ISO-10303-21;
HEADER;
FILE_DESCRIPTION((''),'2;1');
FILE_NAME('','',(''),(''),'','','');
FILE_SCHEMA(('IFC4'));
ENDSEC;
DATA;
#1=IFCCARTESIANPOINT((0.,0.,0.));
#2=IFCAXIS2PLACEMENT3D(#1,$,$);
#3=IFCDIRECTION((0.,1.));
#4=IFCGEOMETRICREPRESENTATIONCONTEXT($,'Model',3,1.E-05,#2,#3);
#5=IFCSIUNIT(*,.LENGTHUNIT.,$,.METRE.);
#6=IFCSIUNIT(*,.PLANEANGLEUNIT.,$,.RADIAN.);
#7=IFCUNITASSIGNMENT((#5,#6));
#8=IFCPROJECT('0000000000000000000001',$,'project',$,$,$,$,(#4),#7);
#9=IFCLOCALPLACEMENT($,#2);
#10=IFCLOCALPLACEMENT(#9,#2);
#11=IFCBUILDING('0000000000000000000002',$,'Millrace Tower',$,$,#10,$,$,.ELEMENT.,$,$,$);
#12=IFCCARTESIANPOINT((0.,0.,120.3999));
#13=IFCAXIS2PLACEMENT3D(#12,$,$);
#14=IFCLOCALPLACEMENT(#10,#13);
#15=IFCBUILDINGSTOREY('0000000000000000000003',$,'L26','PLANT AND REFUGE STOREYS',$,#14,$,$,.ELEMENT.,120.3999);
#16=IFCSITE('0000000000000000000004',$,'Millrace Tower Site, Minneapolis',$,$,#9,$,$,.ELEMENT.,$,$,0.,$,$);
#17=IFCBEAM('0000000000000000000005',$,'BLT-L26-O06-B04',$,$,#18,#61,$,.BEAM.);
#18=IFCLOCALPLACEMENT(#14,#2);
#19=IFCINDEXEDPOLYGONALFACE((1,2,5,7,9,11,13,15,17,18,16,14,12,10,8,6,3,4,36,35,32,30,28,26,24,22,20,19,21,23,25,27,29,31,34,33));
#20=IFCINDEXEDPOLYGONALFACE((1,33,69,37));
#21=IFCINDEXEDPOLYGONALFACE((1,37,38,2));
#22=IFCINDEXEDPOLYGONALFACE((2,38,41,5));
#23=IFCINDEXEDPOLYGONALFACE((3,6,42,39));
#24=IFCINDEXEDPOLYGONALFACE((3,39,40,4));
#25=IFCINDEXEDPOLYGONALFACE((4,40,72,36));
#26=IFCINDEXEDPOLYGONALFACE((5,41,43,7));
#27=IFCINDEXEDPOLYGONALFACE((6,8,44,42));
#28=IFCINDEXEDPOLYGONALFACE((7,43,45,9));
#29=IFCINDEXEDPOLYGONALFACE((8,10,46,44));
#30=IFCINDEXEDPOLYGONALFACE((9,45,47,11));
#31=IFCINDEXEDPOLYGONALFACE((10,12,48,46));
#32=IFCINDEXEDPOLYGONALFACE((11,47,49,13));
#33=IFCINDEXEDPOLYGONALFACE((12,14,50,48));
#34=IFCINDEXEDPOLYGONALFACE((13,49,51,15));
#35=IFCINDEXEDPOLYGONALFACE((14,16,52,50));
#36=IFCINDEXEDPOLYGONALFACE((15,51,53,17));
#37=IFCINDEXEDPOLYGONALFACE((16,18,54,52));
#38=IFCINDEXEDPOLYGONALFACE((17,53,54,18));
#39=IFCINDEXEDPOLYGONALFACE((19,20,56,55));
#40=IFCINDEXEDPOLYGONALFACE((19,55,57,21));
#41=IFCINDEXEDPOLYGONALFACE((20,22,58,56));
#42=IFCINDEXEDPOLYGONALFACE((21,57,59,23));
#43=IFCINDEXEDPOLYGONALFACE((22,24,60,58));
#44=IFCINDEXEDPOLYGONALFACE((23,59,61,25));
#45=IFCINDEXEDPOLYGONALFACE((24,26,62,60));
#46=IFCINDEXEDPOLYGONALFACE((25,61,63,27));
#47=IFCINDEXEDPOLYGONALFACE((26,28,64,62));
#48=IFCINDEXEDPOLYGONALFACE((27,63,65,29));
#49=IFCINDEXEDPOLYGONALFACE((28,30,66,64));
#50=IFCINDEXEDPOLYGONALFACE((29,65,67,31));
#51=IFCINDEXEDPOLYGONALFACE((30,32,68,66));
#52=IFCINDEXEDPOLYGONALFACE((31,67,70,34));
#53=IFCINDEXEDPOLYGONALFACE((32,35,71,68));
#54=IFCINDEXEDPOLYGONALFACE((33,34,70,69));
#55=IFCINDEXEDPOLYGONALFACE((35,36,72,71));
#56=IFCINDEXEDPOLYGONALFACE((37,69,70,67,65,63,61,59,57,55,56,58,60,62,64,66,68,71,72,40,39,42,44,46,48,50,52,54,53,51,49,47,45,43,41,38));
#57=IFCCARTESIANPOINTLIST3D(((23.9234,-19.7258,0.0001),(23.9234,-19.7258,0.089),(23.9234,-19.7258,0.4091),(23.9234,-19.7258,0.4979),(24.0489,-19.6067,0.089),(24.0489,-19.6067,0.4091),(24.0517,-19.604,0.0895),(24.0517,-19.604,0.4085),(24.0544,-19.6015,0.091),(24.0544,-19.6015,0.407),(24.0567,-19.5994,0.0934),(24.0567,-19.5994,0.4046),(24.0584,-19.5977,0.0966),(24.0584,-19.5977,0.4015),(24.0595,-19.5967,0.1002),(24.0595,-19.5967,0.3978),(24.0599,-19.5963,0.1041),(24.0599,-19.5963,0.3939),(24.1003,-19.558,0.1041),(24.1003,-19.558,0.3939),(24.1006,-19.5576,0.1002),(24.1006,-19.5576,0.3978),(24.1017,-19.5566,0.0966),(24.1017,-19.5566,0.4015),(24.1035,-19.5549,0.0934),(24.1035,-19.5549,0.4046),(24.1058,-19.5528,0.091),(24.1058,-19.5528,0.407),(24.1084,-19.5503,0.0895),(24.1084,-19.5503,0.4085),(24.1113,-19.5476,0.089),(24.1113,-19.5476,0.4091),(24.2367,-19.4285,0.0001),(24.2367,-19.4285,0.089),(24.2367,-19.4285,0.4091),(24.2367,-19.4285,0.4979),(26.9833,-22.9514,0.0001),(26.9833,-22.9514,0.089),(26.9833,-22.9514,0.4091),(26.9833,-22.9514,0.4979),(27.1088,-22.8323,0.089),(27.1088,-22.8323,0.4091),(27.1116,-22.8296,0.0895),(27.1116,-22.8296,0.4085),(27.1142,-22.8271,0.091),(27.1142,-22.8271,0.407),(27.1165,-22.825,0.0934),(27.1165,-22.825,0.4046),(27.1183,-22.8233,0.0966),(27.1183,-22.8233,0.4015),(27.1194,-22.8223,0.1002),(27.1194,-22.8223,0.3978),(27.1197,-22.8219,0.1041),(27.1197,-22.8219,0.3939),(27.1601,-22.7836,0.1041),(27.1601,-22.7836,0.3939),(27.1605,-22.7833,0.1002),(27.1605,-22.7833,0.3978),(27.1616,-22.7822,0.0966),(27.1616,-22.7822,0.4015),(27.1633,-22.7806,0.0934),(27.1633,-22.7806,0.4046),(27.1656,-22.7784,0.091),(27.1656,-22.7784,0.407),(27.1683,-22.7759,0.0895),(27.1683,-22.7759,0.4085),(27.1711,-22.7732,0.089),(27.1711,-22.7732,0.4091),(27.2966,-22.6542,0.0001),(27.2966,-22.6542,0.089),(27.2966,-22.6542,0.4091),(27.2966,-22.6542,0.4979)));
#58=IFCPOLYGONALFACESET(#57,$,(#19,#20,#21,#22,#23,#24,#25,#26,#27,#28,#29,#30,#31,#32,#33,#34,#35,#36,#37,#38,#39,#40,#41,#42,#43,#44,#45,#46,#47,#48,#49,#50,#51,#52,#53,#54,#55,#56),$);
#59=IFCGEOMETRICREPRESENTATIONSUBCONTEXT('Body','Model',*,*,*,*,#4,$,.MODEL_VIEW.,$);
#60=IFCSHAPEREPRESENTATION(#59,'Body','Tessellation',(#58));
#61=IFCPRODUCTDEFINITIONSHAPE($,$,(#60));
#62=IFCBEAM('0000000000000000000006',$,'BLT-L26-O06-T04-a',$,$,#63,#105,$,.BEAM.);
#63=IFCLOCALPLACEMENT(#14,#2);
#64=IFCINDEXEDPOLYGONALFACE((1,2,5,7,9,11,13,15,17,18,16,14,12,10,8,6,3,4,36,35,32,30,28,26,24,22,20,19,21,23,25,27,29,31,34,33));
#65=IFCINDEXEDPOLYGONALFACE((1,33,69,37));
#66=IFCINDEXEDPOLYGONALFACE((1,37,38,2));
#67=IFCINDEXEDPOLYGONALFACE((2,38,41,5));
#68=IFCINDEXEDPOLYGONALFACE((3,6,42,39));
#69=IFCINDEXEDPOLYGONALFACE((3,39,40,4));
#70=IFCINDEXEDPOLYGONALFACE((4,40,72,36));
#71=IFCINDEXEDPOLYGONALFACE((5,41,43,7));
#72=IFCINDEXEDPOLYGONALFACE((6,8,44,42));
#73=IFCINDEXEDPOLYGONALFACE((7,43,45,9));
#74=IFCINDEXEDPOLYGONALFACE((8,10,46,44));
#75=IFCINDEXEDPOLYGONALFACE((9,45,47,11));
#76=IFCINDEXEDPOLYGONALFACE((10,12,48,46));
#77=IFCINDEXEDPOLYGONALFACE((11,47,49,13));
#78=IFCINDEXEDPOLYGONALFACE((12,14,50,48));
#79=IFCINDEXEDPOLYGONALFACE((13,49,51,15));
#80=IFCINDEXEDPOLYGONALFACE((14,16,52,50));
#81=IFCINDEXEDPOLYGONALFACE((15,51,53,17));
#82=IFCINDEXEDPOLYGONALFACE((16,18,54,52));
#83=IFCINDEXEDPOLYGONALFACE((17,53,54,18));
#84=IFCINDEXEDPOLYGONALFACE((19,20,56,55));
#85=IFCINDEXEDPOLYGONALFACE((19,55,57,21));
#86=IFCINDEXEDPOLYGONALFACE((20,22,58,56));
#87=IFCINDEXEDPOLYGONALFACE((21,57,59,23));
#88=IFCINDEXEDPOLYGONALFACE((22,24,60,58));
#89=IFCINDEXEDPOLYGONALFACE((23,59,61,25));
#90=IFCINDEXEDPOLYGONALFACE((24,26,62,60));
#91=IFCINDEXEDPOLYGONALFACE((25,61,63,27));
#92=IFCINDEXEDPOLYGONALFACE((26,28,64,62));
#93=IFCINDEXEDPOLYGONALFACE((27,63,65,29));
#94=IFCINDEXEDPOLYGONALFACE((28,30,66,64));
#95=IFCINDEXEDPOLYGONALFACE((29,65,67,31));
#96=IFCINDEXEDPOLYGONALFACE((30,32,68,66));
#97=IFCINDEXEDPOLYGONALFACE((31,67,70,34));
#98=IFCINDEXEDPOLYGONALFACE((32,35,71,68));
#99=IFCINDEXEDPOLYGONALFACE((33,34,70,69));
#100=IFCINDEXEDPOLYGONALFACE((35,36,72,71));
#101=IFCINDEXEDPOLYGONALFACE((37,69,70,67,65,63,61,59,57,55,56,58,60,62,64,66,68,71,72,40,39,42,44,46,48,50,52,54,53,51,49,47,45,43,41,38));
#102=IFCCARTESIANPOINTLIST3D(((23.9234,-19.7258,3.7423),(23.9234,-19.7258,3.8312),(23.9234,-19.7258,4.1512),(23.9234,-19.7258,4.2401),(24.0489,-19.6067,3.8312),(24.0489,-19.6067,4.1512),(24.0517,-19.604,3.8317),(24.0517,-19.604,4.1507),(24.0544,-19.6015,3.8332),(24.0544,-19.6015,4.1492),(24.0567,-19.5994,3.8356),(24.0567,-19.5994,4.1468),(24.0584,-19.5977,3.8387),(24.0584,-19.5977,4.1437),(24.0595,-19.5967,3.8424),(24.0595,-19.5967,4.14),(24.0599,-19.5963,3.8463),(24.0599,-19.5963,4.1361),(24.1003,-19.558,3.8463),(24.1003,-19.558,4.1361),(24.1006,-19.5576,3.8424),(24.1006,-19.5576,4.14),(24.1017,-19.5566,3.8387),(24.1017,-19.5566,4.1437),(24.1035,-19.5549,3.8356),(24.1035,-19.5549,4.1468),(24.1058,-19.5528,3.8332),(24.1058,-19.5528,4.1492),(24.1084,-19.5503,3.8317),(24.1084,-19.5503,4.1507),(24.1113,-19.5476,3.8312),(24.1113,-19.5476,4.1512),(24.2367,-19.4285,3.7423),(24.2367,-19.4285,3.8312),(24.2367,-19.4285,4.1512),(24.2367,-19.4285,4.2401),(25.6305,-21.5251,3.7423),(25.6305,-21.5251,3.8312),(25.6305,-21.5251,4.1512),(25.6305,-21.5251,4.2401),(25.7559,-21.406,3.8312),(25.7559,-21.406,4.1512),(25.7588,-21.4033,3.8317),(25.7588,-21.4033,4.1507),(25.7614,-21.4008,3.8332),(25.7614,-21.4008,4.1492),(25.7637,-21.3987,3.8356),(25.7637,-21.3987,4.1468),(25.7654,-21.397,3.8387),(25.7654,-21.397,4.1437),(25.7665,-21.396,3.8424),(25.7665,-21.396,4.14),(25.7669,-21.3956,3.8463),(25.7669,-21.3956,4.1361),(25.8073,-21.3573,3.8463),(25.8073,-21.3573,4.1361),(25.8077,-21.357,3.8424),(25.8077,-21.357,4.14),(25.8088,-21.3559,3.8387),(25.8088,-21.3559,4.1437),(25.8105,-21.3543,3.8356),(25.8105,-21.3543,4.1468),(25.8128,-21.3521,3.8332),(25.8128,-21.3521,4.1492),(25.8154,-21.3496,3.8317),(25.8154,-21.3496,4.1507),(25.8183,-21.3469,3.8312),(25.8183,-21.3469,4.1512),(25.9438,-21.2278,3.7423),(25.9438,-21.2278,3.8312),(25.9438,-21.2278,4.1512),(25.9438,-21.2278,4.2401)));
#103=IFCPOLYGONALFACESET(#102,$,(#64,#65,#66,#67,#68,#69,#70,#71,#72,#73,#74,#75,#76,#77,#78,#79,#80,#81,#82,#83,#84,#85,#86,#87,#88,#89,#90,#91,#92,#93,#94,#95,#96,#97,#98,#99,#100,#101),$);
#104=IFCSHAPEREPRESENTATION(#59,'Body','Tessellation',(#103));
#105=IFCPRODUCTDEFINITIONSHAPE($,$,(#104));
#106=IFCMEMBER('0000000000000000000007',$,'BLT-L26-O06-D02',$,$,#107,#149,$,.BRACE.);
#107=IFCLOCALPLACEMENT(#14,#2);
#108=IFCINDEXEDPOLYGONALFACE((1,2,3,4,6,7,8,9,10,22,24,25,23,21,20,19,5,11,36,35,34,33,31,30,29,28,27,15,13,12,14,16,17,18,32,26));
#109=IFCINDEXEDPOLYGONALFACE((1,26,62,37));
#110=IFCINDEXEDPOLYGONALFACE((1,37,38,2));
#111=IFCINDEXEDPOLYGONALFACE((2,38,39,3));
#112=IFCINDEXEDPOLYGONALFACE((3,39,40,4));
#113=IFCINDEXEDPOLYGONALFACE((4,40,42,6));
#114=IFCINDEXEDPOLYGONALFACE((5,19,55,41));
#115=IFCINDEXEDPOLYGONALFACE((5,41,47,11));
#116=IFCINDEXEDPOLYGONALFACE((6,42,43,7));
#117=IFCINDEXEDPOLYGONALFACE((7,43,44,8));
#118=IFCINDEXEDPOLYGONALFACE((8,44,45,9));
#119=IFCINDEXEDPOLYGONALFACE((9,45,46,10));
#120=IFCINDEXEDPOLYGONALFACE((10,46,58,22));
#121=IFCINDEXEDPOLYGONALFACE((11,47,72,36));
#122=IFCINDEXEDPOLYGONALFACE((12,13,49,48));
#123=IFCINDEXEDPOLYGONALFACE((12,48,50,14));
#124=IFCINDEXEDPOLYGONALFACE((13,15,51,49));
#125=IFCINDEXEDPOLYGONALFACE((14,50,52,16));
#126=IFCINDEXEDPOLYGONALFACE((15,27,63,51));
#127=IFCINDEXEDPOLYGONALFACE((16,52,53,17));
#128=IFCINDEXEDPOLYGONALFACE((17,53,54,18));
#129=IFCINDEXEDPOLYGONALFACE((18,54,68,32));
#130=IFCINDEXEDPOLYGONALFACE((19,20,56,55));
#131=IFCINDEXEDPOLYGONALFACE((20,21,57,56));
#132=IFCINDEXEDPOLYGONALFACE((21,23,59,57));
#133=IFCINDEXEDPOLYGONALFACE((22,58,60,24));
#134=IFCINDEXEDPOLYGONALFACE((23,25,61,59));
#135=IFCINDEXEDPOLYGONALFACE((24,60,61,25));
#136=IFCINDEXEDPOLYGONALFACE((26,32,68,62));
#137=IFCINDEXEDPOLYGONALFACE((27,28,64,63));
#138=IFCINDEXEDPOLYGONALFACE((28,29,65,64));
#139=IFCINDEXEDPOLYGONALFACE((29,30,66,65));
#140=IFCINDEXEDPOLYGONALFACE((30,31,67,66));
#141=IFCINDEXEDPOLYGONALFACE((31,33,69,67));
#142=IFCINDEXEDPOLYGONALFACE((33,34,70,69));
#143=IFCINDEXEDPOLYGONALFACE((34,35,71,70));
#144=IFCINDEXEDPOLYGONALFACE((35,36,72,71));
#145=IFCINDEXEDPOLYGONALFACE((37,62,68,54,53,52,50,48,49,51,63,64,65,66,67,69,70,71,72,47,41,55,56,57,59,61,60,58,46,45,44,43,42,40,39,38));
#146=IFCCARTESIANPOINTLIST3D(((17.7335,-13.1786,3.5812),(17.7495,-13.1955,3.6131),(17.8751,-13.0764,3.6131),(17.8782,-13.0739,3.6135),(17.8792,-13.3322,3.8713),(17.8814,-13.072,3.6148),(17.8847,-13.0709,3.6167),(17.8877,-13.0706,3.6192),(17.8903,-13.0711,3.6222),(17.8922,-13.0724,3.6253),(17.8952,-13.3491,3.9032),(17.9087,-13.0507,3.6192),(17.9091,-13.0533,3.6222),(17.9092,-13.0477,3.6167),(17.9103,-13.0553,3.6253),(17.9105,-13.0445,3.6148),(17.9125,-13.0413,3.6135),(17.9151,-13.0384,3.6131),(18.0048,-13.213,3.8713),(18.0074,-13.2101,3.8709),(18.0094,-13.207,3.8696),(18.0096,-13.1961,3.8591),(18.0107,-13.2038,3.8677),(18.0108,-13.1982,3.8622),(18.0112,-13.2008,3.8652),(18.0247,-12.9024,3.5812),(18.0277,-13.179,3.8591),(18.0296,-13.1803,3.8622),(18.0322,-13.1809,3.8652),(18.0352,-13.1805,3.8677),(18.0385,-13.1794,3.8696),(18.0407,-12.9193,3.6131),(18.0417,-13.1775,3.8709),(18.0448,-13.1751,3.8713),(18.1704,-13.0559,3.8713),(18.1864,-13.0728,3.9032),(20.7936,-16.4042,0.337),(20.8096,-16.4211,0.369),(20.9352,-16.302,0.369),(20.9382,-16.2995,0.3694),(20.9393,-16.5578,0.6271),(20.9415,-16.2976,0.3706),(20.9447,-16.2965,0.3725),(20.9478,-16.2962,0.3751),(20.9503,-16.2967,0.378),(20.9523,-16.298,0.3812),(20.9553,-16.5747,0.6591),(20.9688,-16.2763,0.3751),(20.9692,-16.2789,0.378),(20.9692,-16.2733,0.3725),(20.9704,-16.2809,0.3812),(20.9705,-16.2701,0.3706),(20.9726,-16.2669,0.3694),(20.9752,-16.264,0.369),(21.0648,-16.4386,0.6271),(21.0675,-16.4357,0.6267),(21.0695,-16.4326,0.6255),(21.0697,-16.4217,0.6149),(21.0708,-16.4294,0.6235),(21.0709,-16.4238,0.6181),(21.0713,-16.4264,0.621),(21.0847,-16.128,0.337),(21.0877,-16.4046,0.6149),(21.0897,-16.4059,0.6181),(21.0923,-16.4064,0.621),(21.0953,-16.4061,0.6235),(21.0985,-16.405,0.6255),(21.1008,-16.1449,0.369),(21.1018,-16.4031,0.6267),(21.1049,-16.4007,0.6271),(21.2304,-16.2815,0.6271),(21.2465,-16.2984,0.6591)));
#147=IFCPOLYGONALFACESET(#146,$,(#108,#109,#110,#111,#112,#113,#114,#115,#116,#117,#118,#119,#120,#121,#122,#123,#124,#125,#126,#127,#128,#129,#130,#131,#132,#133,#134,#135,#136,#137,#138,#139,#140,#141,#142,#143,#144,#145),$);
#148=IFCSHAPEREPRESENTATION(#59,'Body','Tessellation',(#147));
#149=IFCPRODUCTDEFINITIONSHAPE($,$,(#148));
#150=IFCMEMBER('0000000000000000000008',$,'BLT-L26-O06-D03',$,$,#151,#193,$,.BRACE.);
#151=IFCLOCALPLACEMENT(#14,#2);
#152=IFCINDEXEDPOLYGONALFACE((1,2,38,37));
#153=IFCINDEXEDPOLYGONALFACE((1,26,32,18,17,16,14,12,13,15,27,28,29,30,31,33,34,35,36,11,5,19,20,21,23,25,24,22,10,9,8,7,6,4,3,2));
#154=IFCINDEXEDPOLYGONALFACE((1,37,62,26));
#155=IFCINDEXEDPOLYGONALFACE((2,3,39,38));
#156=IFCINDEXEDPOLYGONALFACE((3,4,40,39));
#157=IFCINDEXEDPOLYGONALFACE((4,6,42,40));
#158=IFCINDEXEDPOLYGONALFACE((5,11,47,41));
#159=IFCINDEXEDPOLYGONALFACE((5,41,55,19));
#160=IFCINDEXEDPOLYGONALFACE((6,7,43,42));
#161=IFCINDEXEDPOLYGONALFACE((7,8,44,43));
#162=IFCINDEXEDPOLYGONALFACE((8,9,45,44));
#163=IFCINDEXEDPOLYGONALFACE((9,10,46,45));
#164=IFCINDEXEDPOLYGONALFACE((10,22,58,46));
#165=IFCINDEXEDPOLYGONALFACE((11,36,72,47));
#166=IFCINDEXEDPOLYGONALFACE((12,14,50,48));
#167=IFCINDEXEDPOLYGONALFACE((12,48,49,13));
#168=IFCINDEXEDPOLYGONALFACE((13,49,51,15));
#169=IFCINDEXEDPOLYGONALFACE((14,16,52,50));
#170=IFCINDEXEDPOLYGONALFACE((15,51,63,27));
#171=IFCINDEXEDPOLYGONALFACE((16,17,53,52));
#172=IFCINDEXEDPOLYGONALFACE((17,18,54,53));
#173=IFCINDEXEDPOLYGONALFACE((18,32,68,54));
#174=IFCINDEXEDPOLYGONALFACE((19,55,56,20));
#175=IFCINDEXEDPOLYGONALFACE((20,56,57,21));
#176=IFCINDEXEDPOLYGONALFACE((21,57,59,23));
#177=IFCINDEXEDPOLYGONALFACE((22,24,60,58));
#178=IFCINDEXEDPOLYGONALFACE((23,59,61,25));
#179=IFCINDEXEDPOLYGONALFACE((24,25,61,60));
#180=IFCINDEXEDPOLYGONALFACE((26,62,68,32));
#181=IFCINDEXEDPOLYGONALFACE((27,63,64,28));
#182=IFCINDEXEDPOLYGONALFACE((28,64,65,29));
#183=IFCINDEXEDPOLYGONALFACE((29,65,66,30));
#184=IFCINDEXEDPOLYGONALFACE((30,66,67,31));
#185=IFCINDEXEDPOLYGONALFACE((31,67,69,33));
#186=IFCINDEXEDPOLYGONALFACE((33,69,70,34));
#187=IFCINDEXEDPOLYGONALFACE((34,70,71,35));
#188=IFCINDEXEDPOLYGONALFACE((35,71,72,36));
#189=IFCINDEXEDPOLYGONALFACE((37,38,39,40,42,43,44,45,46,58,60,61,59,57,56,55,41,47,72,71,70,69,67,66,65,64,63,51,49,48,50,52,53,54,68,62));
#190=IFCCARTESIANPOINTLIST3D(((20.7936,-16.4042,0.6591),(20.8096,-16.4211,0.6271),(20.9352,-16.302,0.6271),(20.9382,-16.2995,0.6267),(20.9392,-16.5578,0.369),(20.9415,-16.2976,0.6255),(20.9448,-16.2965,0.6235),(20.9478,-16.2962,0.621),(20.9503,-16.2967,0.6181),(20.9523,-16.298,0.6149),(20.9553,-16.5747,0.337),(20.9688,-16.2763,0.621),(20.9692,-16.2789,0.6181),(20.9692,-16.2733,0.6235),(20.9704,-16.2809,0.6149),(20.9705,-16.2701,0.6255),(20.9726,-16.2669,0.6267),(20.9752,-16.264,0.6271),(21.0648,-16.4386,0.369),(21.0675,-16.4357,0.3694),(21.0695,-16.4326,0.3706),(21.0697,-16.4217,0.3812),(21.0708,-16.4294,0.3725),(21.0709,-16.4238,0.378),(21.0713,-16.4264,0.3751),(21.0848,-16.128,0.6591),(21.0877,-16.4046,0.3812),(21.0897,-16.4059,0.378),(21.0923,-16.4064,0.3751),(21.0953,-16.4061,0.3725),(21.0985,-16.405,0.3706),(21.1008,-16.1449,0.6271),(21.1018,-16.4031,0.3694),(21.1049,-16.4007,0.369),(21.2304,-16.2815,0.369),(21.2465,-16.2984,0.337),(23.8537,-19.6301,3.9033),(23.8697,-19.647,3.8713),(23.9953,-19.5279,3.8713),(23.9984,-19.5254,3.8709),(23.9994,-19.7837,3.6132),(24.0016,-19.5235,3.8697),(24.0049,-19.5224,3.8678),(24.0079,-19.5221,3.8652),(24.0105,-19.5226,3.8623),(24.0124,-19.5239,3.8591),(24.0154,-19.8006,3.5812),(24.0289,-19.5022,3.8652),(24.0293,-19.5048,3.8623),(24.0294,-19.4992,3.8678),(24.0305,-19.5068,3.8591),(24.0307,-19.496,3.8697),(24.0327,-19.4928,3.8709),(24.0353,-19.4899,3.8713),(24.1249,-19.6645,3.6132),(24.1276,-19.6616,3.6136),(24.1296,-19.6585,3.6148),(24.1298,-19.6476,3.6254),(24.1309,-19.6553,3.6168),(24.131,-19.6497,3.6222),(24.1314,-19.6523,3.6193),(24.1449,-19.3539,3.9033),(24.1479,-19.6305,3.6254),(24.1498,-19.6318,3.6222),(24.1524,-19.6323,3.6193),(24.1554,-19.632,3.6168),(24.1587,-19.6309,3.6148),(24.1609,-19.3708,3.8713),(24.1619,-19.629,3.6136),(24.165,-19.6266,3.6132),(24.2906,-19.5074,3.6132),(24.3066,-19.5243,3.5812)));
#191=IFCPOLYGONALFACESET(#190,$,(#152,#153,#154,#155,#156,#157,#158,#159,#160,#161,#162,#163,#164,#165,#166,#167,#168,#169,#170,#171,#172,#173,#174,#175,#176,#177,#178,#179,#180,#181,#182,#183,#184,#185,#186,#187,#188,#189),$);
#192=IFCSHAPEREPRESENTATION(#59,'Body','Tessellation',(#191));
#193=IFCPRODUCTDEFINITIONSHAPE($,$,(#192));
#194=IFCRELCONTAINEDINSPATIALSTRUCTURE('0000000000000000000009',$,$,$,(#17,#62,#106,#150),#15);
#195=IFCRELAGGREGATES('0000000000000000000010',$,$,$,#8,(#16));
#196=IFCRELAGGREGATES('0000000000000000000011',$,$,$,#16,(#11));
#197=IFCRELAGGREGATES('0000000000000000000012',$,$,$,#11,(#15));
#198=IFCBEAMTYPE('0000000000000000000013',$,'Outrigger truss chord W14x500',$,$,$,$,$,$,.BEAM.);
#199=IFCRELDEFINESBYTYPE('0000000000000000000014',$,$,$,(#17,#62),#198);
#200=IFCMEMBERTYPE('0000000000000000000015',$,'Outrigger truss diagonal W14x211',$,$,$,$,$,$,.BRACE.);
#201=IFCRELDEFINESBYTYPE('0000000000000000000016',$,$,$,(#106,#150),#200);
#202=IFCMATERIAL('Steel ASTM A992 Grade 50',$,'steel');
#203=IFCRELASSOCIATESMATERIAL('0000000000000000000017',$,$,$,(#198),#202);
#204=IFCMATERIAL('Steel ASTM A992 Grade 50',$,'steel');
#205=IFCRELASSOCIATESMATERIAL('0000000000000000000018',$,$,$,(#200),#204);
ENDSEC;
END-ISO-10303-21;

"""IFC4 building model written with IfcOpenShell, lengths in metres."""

from ifc_helpers import new_model, si_unit, direction, frame, origin, origin_2d, place, context, subcontext, project, spatial, i_section, extrude, material, material_profile, profile_set, type_object, element, save


model = new_model("IFC4")

# Units and contexts
model_context = context("Model", 3, precision=1e-05, world=origin(), true_north=direction((0.0, 1.0)))
body_context = subcontext(model_context, "Body", "Model", "MODEL_VIEW")
ifc_project = project(units=[si_unit("LENGTHUNIT", "METRE"), si_unit("PLANEANGLEUNIT", "RADIAN")], contexts=[model_context])

# Site, building, storey
site_placement = place(None, origin())
site = spatial("IfcSite", under=ifc_project, at=site_placement, Name="Millrace Tower Site, Minneapolis", CompositionType="ELEMENT", RefElevation=0.0)
building_placement = place(site_placement, origin())
building = spatial("IfcBuilding", under=site, at=building_placement, Name="Millrace Tower", CompositionType="ELEMENT")
storey_placement = place(building_placement, frame((0.0, 0.0, 120.3999)))
storey = spatial("IfcBuildingStorey", under=building, at=storey_placement, Name="L26", Description="PLANT AND REFUGE STOREYS", CompositionType="ELEMENT", Elevation=120.3999)

# Beams
ifc_material_1 = material(Name="Steel ASTM A992 Grade 50", Category="steel")
ifc_material_profile_1 = material_profile(ifc_material_1, i_section(OverallWidth=0.4319, OverallDepth=0.4978, WebThickness=0.0557, FlangeThickness=0.0889, FilletRadius=0.0151, at=origin_2d()))
ifc_profile_set_1 = profile_set([ifc_material_profile_1], Name="Steel ASTM A992 Grade 50")
beam_type_1 = type_object("IfcBeamType", Name="Outrigger truss chord W14x500", PredefinedType="BEAM", material=ifc_profile_set_1)
beam_1_placement = place(storey_placement, frame((24.0801, -19.5771, 0.249), z_axis=(0.688218, -0.725504, 0.0), x_axis=(0.725504, 0.688218, 0.0)))
element("IfcBeam", 1, at=beam_1_placement, inside=storey, type_object=beam_type_1, Name="BLT-L26-O06-B04", PredefinedType="BEAM", context=body_context, shape_type="SweptSolid", body=[
    extrude(i_section(OverallWidth=0.4319, OverallDepth=0.4978, WebThickness=0.0557, FlangeThickness=0.0889, FilletRadius=0.0151, at=origin_2d()), origin(), (0.0, 0.0, 1.0), 4.446),
])
beam_2_placement = place(storey_placement, frame((24.0801, -19.5771, 3.9912), z_axis=(0.688258, -0.725466, 0.0), x_axis=(0.725466, 0.688258, 0.0)))
element("IfcBeam", 2, at=beam_2_placement, inside=storey, type_object=beam_type_1, Name="BLT-L26-O06-T04-a", PredefinedType="BEAM", context=body_context, shape_type="SweptSolid", body=[
    extrude(i_section(OverallWidth=0.4319, OverallDepth=0.4978, WebThickness=0.0557, FlangeThickness=0.0889, FilletRadius=0.0151, at=origin_2d()), origin(), (0.0, 0.0, 1.0), 2.4802),
])

# Members
ifc_material_2 = material(Name="Steel ASTM A992 Grade 50", Category="steel")
ifc_material_profile_2 = material_profile(ifc_material_2, i_section(OverallWidth=0.4014, OverallDepth=0.3987, WebThickness=0.0249, FlangeThickness=0.0396, FilletRadius=0.0151, at=origin_2d()))
ifc_profile_set_2 = profile_set([ifc_material_profile_2], Name="Steel ASTM A992 Grade 50")
member_type_1 = type_object("IfcMemberType", Name="Outrigger truss diagonal W14x211", PredefinedType="BRACE", material=ifc_profile_set_2)
member_1_placement = place(storey_placement, frame((21.02, -16.3513, 0.498), z_axis=(-0.555981, 0.586056, 0.589427), x_axis=(-0.725476, -0.688247, 0.0)))
element("IfcMember", 3, at=member_1_placement, inside=storey, type_object=member_type_1, Name="BLT-L26-O06-D02", PredefinedType="BRACE", context=body_context, shape_type="SweptSolid", body=[
    extrude(i_section(OverallWidth=0.4014, OverallDepth=0.3987, WebThickness=0.0249, FlangeThickness=0.0396, FilletRadius=0.0151, at=origin_2d()), origin(), (0.0, 0.0, 1.0), 5.5039),
])
member_2_placement = place(storey_placement, frame((21.02, -16.3513, 0.498), z_axis=(0.555967, -0.586085, 0.589411), x_axis=(0.725502, 0.68822, 0.0)))
element("IfcMember", 4, at=member_2_placement, inside=storey, type_object=member_type_1, Name="BLT-L26-O06-D03", PredefinedType="BRACE", context=body_context, shape_type="SweptSolid", body=[
    extrude(i_section(OverallWidth=0.4014, OverallDepth=0.3987, WebThickness=0.0249, FlangeThickness=0.0396, FilletRadius=0.0151, at=origin_2d()), origin(), (0.0, 0.0, 1.0), 5.5042),
])

save(model, "model.ifc")
